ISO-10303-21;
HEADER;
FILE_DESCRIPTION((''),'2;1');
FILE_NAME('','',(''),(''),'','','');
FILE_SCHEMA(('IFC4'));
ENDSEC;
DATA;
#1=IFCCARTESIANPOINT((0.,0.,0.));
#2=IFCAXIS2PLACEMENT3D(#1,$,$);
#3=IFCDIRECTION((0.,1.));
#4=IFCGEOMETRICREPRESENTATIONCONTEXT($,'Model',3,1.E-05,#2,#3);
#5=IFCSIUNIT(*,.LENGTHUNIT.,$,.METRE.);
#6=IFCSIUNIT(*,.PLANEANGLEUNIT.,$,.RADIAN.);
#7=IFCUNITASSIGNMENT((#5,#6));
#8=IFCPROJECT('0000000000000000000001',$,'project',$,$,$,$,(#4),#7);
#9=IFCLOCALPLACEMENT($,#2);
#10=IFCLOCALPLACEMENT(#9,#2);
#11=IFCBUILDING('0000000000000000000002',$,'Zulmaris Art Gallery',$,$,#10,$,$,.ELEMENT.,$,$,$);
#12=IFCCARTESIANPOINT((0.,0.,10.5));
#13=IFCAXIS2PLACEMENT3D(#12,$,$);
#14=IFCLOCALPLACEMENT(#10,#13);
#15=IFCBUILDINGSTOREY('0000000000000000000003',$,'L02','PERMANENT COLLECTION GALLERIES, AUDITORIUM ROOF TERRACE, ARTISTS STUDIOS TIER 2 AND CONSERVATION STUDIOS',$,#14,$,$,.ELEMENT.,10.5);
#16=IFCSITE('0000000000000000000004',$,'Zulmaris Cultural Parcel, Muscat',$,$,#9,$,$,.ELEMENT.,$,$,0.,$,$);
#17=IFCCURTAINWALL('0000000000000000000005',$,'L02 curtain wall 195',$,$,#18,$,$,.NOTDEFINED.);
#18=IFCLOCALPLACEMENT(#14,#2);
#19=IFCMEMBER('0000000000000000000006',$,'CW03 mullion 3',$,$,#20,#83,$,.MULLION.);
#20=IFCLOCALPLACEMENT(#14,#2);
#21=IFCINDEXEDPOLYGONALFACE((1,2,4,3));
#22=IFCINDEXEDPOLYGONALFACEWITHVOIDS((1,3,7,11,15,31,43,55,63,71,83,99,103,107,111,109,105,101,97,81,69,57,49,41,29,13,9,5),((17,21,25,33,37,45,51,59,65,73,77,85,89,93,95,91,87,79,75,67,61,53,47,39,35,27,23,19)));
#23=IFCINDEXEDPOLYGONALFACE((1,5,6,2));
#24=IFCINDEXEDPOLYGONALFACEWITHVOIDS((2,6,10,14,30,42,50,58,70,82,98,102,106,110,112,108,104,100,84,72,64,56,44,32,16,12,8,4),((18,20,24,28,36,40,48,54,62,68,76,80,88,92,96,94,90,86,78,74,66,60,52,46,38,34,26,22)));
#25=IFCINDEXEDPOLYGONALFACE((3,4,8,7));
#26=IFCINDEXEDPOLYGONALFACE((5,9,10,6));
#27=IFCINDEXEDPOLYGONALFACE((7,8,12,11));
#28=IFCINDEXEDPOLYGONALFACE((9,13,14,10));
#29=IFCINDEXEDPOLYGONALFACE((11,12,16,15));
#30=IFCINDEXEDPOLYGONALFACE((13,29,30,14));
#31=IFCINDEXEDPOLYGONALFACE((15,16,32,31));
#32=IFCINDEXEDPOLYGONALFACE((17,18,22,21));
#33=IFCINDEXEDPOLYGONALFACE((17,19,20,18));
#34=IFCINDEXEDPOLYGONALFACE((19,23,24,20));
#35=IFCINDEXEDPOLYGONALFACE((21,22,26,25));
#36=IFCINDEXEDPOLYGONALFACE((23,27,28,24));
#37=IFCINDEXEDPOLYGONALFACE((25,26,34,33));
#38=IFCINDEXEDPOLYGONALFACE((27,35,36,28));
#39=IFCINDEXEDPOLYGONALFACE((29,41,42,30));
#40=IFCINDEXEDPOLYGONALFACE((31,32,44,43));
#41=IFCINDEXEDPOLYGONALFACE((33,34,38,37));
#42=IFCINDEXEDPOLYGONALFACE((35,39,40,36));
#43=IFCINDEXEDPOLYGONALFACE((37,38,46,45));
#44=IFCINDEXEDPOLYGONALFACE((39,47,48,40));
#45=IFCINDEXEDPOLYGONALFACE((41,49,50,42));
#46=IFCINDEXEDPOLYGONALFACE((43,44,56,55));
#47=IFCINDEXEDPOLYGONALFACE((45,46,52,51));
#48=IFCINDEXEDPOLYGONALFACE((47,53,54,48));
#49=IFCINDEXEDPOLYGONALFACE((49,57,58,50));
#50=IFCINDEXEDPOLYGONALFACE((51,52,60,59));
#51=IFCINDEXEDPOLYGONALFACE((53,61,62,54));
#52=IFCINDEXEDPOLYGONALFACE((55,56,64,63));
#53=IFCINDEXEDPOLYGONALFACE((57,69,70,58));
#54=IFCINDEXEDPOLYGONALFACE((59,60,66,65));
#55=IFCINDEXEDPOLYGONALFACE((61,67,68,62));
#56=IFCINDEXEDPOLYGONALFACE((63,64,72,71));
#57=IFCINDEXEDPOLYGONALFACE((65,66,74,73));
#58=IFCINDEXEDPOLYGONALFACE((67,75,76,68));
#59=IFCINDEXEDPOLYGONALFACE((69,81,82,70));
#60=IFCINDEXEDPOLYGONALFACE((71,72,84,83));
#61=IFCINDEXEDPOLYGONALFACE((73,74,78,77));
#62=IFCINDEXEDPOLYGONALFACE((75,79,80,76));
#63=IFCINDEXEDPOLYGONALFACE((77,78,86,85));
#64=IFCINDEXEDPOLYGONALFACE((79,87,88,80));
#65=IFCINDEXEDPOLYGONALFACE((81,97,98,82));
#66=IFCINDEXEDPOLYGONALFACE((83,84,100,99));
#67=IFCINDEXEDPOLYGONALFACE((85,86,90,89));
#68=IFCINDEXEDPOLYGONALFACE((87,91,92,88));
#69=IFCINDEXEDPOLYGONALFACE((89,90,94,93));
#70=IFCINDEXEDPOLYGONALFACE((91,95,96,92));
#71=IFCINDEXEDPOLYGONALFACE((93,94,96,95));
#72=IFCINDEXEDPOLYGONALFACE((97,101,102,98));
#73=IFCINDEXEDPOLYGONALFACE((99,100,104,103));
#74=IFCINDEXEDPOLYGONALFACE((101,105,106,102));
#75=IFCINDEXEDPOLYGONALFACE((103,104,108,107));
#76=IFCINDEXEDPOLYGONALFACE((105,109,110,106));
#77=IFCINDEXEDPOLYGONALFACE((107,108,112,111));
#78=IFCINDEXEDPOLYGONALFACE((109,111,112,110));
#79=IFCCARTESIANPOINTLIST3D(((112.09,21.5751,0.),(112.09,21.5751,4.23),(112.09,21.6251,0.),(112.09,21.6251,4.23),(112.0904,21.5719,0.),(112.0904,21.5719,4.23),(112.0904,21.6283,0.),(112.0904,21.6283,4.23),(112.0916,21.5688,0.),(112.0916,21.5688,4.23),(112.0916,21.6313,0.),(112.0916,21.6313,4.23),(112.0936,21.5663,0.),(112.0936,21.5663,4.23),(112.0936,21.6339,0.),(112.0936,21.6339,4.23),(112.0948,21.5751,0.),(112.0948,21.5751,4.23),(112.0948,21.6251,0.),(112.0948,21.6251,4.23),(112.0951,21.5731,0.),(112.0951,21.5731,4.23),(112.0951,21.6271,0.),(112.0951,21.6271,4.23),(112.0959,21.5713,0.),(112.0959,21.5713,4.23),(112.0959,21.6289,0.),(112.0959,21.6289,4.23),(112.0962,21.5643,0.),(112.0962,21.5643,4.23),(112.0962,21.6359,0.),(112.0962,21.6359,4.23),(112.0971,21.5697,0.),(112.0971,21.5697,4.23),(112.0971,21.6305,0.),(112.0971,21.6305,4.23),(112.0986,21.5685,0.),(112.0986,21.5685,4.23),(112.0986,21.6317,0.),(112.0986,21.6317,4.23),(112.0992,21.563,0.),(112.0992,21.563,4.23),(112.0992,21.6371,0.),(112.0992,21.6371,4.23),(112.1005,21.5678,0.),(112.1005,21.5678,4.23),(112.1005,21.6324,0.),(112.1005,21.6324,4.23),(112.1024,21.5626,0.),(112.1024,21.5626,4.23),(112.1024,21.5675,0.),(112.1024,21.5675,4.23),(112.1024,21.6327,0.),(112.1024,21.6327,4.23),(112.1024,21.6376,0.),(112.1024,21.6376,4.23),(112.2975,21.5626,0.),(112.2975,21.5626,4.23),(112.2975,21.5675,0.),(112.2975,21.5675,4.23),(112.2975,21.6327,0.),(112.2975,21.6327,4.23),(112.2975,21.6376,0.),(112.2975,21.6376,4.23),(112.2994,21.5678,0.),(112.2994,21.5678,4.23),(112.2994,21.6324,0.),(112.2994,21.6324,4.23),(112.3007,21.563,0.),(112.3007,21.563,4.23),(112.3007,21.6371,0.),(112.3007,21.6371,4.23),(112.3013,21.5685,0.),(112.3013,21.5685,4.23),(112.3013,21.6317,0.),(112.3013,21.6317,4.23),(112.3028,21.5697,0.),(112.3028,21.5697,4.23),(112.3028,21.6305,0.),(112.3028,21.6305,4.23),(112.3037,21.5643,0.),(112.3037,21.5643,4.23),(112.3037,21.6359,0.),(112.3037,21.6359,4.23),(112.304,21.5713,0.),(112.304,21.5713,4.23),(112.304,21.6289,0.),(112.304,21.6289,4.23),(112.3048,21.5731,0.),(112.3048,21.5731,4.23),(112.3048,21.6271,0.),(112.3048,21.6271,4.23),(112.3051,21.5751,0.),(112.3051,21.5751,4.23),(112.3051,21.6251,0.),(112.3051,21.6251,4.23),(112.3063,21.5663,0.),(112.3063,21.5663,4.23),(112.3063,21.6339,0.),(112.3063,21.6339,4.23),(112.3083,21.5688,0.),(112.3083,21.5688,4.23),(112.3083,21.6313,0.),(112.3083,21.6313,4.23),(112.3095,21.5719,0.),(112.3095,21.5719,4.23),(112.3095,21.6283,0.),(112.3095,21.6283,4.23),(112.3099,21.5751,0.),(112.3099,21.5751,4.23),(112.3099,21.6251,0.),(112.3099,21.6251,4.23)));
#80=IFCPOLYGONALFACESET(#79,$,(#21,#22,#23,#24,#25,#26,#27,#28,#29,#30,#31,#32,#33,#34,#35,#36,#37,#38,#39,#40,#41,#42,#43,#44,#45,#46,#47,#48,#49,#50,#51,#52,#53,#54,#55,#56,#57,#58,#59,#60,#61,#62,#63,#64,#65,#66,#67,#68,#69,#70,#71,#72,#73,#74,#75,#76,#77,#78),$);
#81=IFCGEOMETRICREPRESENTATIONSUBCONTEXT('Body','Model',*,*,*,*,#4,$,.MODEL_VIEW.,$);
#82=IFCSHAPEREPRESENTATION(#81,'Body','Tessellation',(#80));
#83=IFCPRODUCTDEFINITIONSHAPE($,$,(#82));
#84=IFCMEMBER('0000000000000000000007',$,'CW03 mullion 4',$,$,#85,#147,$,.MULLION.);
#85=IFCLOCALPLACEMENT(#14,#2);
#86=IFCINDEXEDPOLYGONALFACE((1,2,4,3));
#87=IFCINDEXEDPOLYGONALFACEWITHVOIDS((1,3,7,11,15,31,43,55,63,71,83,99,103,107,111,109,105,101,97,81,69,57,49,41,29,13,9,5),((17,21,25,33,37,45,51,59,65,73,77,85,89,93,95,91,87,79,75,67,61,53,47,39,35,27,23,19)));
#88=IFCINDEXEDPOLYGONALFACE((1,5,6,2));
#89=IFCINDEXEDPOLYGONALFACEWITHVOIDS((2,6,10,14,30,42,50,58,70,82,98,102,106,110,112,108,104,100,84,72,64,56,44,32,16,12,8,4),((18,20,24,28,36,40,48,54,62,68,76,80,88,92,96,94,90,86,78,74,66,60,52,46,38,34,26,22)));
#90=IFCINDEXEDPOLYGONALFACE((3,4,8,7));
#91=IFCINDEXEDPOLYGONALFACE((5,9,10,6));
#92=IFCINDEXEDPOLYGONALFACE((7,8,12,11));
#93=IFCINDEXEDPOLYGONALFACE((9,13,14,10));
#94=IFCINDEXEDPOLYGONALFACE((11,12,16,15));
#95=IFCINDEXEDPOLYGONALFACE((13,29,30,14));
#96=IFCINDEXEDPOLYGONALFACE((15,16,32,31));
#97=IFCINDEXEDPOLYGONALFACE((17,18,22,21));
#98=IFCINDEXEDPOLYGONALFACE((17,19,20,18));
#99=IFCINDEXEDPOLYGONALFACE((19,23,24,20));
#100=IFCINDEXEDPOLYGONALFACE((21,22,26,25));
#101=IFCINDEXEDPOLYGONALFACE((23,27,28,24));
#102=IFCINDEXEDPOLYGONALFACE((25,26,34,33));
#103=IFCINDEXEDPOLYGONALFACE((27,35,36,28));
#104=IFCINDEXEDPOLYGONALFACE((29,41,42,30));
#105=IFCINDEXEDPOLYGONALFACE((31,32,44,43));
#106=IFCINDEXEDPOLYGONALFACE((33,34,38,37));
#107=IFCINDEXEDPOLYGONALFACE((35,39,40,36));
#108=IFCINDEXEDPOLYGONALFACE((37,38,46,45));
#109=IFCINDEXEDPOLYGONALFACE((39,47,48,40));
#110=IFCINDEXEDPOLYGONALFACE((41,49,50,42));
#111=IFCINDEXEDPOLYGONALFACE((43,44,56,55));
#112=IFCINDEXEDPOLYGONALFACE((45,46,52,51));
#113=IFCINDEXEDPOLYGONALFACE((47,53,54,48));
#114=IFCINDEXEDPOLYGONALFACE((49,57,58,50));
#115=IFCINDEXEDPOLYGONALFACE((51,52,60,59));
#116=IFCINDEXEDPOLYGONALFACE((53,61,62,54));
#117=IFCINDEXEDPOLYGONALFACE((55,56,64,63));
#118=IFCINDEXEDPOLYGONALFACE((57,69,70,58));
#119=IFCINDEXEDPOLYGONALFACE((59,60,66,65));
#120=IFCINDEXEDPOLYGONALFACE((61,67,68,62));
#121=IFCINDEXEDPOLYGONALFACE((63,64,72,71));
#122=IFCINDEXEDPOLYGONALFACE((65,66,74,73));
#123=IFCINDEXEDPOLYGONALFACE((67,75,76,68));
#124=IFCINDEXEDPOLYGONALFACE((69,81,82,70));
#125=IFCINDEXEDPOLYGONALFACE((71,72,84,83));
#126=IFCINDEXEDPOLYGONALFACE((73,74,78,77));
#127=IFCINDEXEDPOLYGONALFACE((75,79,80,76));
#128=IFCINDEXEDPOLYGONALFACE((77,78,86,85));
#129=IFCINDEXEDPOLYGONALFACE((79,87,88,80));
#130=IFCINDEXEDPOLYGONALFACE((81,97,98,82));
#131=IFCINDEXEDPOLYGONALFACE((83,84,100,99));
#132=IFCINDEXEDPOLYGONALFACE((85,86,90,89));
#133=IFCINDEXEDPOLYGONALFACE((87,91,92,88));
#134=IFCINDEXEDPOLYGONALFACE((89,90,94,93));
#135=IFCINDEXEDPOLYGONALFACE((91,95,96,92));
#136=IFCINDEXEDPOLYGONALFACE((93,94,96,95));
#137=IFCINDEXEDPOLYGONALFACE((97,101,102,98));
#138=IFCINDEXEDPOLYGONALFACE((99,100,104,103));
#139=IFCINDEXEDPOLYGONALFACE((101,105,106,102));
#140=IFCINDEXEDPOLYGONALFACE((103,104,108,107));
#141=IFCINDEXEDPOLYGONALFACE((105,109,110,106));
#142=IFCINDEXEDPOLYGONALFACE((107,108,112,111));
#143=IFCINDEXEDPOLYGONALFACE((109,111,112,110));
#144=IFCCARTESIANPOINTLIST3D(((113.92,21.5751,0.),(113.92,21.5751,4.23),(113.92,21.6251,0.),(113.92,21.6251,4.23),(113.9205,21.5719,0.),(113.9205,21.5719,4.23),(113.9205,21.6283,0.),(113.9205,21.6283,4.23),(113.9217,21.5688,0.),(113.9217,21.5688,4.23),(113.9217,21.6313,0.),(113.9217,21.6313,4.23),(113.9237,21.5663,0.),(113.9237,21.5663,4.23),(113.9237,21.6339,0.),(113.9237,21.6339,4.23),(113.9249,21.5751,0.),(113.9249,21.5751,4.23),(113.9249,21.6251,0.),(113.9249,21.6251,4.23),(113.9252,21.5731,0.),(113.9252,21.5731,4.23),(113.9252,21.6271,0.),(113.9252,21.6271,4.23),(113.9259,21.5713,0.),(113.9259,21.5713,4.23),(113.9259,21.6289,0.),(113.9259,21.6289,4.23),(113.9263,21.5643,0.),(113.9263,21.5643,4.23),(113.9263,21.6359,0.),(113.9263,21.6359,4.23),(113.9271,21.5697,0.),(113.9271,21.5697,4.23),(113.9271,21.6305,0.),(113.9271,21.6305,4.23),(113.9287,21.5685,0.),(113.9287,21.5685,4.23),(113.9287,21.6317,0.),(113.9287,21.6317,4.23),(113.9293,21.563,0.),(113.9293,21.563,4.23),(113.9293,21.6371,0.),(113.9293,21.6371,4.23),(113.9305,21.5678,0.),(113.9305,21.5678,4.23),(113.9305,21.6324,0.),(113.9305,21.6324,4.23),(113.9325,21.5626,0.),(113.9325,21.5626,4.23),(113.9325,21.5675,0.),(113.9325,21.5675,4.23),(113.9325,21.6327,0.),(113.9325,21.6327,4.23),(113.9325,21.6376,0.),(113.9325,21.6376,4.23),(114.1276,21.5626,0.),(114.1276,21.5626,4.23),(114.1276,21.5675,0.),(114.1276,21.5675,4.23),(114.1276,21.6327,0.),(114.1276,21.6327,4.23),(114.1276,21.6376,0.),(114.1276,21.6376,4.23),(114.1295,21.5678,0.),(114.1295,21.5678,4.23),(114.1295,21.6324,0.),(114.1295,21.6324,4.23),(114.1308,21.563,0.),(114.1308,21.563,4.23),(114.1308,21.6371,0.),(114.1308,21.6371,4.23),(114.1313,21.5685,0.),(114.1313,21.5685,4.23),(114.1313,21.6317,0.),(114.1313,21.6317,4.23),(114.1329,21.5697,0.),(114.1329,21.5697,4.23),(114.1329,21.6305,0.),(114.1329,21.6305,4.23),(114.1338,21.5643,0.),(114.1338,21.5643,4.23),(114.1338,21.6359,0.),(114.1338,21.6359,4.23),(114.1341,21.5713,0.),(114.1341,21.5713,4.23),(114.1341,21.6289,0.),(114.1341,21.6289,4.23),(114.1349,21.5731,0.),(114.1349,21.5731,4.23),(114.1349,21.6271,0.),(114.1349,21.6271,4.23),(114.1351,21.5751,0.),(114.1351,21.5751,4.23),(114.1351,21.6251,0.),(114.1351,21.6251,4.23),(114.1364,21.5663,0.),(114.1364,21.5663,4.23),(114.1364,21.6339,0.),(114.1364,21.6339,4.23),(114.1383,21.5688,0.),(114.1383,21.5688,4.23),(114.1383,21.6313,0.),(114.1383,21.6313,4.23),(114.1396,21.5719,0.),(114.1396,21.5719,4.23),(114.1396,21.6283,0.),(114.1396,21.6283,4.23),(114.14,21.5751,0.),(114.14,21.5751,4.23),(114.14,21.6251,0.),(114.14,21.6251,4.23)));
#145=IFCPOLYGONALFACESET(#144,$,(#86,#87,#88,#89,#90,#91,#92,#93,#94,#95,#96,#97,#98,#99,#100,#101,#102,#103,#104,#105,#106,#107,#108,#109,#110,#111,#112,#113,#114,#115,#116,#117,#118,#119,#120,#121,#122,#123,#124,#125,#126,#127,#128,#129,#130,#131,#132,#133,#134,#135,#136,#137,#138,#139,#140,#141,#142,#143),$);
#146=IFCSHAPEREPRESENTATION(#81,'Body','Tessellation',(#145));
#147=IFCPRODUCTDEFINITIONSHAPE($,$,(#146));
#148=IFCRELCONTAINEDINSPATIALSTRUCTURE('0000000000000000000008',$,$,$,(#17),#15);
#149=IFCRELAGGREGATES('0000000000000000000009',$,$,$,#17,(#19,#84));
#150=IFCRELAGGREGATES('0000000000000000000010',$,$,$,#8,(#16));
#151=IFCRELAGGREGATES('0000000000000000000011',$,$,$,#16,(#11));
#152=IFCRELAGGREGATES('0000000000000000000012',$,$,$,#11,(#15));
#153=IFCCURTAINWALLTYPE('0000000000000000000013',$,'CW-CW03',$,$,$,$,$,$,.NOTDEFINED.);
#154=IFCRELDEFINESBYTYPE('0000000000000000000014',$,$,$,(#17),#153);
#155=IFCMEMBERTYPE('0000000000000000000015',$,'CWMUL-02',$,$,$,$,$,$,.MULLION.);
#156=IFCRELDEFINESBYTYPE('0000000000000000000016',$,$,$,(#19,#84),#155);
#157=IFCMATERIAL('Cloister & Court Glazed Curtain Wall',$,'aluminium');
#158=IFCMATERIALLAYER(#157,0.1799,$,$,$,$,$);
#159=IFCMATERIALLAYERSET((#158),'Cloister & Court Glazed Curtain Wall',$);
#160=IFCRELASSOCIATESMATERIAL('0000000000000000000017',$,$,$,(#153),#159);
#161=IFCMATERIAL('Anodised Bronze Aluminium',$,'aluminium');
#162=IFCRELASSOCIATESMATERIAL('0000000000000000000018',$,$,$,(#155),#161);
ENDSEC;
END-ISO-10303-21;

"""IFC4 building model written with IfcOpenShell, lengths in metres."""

from ifc_helpers import new_model, si_unit, direction, frame, origin, origin_2d, place, context, subcontext, project, spatial, hollow_rectangle, extrude, material, layer, layer_set, material_profile, profile_set, type_object, element, aggregate, save


model = new_model("IFC4")

# Units and contexts
model_context = context("Model", 3, precision=1e-05, world=origin(), true_north=direction((0.0, 1.0)))
body_context = subcontext(model_context, "Body", "Model", "MODEL_VIEW")
ifc_project = project(units=[si_unit("LENGTHUNIT", "METRE"), si_unit("PLANEANGLEUNIT", "RADIAN")], contexts=[model_context])

# Site, building, storey
site_placement = place(None, origin())
site = spatial("IfcSite", under=ifc_project, at=site_placement, Name="Zulmaris Cultural Parcel, Muscat", CompositionType="ELEMENT", RefElevation=0.0)
building_placement = place(site_placement, origin())
building = spatial("IfcBuilding", under=site, at=building_placement, Name="Zulmaris Art Gallery", CompositionType="ELEMENT")
storey_placement = place(building_placement, frame((0.0, 0.0, 10.5)))
storey = spatial("IfcBuildingStorey", under=building, at=storey_placement, Name="L02", Description="PERMANENT COLLECTION GALLERIES, AUDITORIUM ROOF TERRACE, ARTISTS STUDIOS TIER 2 AND CONSERVATION STUDIOS", CompositionType="ELEMENT", Elevation=10.5)

# Curtain wall, members
ifc_material_1 = material(Name="Cloister & Court Glazed Curtain Wall", Category="aluminium")
ifc_layer_1 = layer(ifc_material_1, 0.1799)
ifc_layer_set_1 = layer_set([ifc_layer_1], Name="Cloister & Court Glazed Curtain Wall")
curtain_wall_type = type_object("IfcCurtainWallType", Name="CW-CW03", PredefinedType="NOTDEFINED", material=ifc_layer_set_1)
ifc_material_2 = material(Name="Anodised Bronze Aluminium", Category="aluminium")
ifc_material_profile_1 = material_profile(ifc_material_2, hollow_rectangle(XDim=0.075, YDim=0.22, WallThickness=0.0049, InnerFilletRadius=0.0076, OuterFilletRadius=0.0125, at=origin_2d()), Name="ALU 75x220x5")
ifc_profile_set_1 = profile_set([ifc_material_profile_1], Name="Anodised Bronze Aluminium")
member_type_1 = type_object("IfcMemberType", Name="CWMUL-02", PredefinedType="MULLION", material=ifc_profile_set_1)
curtain_wall_1_placement = place(storey_placement, origin())
curtain_wall_1 = element("IfcCurtainWall", 1, at=curtain_wall_1_placement, inside=storey, type_object=curtain_wall_type, Name="L02 curtain wall 195", PredefinedType="NOTDEFINED")
member_1_placement = place(storey_placement, frame((112.2, 21.6001, 0.0), z_axis=(0.0, 0.0, 1.0), x_axis=(0.0, 1.0, 0.0)))
member_1 = element("IfcMember", 2, at=member_1_placement, type_object=member_type_1, Name="CW03 mullion 3", PredefinedType="MULLION", context=body_context, shape_type="SweptSolid", body=[
    extrude(hollow_rectangle(XDim=0.075, YDim=0.22, WallThickness=0.0049, InnerFilletRadius=0.0076, OuterFilletRadius=0.0125, at=origin_2d()), origin(), (0.0, 0.0, 1.0), 4.23),
])
member_2_placement = place(storey_placement, frame((114.03, 21.6001, 0.0), z_axis=(0.0, 0.0, 1.0), x_axis=(0.0, 1.0, 0.0)))
member_2 = element("IfcMember", 3, at=member_2_placement, type_object=member_type_1, Name="CW03 mullion 4", PredefinedType="MULLION", context=body_context, shape_type="SweptSolid", body=[
    extrude(hollow_rectangle(XDim=0.075, YDim=0.22, WallThickness=0.0049, InnerFilletRadius=0.0076, OuterFilletRadius=0.0125, at=origin_2d()), origin(), (0.0, 0.0, 1.0), 4.23),
])

aggregate(curtain_wall_1, [member_1, member_2])

save(model, "model.ifc")
